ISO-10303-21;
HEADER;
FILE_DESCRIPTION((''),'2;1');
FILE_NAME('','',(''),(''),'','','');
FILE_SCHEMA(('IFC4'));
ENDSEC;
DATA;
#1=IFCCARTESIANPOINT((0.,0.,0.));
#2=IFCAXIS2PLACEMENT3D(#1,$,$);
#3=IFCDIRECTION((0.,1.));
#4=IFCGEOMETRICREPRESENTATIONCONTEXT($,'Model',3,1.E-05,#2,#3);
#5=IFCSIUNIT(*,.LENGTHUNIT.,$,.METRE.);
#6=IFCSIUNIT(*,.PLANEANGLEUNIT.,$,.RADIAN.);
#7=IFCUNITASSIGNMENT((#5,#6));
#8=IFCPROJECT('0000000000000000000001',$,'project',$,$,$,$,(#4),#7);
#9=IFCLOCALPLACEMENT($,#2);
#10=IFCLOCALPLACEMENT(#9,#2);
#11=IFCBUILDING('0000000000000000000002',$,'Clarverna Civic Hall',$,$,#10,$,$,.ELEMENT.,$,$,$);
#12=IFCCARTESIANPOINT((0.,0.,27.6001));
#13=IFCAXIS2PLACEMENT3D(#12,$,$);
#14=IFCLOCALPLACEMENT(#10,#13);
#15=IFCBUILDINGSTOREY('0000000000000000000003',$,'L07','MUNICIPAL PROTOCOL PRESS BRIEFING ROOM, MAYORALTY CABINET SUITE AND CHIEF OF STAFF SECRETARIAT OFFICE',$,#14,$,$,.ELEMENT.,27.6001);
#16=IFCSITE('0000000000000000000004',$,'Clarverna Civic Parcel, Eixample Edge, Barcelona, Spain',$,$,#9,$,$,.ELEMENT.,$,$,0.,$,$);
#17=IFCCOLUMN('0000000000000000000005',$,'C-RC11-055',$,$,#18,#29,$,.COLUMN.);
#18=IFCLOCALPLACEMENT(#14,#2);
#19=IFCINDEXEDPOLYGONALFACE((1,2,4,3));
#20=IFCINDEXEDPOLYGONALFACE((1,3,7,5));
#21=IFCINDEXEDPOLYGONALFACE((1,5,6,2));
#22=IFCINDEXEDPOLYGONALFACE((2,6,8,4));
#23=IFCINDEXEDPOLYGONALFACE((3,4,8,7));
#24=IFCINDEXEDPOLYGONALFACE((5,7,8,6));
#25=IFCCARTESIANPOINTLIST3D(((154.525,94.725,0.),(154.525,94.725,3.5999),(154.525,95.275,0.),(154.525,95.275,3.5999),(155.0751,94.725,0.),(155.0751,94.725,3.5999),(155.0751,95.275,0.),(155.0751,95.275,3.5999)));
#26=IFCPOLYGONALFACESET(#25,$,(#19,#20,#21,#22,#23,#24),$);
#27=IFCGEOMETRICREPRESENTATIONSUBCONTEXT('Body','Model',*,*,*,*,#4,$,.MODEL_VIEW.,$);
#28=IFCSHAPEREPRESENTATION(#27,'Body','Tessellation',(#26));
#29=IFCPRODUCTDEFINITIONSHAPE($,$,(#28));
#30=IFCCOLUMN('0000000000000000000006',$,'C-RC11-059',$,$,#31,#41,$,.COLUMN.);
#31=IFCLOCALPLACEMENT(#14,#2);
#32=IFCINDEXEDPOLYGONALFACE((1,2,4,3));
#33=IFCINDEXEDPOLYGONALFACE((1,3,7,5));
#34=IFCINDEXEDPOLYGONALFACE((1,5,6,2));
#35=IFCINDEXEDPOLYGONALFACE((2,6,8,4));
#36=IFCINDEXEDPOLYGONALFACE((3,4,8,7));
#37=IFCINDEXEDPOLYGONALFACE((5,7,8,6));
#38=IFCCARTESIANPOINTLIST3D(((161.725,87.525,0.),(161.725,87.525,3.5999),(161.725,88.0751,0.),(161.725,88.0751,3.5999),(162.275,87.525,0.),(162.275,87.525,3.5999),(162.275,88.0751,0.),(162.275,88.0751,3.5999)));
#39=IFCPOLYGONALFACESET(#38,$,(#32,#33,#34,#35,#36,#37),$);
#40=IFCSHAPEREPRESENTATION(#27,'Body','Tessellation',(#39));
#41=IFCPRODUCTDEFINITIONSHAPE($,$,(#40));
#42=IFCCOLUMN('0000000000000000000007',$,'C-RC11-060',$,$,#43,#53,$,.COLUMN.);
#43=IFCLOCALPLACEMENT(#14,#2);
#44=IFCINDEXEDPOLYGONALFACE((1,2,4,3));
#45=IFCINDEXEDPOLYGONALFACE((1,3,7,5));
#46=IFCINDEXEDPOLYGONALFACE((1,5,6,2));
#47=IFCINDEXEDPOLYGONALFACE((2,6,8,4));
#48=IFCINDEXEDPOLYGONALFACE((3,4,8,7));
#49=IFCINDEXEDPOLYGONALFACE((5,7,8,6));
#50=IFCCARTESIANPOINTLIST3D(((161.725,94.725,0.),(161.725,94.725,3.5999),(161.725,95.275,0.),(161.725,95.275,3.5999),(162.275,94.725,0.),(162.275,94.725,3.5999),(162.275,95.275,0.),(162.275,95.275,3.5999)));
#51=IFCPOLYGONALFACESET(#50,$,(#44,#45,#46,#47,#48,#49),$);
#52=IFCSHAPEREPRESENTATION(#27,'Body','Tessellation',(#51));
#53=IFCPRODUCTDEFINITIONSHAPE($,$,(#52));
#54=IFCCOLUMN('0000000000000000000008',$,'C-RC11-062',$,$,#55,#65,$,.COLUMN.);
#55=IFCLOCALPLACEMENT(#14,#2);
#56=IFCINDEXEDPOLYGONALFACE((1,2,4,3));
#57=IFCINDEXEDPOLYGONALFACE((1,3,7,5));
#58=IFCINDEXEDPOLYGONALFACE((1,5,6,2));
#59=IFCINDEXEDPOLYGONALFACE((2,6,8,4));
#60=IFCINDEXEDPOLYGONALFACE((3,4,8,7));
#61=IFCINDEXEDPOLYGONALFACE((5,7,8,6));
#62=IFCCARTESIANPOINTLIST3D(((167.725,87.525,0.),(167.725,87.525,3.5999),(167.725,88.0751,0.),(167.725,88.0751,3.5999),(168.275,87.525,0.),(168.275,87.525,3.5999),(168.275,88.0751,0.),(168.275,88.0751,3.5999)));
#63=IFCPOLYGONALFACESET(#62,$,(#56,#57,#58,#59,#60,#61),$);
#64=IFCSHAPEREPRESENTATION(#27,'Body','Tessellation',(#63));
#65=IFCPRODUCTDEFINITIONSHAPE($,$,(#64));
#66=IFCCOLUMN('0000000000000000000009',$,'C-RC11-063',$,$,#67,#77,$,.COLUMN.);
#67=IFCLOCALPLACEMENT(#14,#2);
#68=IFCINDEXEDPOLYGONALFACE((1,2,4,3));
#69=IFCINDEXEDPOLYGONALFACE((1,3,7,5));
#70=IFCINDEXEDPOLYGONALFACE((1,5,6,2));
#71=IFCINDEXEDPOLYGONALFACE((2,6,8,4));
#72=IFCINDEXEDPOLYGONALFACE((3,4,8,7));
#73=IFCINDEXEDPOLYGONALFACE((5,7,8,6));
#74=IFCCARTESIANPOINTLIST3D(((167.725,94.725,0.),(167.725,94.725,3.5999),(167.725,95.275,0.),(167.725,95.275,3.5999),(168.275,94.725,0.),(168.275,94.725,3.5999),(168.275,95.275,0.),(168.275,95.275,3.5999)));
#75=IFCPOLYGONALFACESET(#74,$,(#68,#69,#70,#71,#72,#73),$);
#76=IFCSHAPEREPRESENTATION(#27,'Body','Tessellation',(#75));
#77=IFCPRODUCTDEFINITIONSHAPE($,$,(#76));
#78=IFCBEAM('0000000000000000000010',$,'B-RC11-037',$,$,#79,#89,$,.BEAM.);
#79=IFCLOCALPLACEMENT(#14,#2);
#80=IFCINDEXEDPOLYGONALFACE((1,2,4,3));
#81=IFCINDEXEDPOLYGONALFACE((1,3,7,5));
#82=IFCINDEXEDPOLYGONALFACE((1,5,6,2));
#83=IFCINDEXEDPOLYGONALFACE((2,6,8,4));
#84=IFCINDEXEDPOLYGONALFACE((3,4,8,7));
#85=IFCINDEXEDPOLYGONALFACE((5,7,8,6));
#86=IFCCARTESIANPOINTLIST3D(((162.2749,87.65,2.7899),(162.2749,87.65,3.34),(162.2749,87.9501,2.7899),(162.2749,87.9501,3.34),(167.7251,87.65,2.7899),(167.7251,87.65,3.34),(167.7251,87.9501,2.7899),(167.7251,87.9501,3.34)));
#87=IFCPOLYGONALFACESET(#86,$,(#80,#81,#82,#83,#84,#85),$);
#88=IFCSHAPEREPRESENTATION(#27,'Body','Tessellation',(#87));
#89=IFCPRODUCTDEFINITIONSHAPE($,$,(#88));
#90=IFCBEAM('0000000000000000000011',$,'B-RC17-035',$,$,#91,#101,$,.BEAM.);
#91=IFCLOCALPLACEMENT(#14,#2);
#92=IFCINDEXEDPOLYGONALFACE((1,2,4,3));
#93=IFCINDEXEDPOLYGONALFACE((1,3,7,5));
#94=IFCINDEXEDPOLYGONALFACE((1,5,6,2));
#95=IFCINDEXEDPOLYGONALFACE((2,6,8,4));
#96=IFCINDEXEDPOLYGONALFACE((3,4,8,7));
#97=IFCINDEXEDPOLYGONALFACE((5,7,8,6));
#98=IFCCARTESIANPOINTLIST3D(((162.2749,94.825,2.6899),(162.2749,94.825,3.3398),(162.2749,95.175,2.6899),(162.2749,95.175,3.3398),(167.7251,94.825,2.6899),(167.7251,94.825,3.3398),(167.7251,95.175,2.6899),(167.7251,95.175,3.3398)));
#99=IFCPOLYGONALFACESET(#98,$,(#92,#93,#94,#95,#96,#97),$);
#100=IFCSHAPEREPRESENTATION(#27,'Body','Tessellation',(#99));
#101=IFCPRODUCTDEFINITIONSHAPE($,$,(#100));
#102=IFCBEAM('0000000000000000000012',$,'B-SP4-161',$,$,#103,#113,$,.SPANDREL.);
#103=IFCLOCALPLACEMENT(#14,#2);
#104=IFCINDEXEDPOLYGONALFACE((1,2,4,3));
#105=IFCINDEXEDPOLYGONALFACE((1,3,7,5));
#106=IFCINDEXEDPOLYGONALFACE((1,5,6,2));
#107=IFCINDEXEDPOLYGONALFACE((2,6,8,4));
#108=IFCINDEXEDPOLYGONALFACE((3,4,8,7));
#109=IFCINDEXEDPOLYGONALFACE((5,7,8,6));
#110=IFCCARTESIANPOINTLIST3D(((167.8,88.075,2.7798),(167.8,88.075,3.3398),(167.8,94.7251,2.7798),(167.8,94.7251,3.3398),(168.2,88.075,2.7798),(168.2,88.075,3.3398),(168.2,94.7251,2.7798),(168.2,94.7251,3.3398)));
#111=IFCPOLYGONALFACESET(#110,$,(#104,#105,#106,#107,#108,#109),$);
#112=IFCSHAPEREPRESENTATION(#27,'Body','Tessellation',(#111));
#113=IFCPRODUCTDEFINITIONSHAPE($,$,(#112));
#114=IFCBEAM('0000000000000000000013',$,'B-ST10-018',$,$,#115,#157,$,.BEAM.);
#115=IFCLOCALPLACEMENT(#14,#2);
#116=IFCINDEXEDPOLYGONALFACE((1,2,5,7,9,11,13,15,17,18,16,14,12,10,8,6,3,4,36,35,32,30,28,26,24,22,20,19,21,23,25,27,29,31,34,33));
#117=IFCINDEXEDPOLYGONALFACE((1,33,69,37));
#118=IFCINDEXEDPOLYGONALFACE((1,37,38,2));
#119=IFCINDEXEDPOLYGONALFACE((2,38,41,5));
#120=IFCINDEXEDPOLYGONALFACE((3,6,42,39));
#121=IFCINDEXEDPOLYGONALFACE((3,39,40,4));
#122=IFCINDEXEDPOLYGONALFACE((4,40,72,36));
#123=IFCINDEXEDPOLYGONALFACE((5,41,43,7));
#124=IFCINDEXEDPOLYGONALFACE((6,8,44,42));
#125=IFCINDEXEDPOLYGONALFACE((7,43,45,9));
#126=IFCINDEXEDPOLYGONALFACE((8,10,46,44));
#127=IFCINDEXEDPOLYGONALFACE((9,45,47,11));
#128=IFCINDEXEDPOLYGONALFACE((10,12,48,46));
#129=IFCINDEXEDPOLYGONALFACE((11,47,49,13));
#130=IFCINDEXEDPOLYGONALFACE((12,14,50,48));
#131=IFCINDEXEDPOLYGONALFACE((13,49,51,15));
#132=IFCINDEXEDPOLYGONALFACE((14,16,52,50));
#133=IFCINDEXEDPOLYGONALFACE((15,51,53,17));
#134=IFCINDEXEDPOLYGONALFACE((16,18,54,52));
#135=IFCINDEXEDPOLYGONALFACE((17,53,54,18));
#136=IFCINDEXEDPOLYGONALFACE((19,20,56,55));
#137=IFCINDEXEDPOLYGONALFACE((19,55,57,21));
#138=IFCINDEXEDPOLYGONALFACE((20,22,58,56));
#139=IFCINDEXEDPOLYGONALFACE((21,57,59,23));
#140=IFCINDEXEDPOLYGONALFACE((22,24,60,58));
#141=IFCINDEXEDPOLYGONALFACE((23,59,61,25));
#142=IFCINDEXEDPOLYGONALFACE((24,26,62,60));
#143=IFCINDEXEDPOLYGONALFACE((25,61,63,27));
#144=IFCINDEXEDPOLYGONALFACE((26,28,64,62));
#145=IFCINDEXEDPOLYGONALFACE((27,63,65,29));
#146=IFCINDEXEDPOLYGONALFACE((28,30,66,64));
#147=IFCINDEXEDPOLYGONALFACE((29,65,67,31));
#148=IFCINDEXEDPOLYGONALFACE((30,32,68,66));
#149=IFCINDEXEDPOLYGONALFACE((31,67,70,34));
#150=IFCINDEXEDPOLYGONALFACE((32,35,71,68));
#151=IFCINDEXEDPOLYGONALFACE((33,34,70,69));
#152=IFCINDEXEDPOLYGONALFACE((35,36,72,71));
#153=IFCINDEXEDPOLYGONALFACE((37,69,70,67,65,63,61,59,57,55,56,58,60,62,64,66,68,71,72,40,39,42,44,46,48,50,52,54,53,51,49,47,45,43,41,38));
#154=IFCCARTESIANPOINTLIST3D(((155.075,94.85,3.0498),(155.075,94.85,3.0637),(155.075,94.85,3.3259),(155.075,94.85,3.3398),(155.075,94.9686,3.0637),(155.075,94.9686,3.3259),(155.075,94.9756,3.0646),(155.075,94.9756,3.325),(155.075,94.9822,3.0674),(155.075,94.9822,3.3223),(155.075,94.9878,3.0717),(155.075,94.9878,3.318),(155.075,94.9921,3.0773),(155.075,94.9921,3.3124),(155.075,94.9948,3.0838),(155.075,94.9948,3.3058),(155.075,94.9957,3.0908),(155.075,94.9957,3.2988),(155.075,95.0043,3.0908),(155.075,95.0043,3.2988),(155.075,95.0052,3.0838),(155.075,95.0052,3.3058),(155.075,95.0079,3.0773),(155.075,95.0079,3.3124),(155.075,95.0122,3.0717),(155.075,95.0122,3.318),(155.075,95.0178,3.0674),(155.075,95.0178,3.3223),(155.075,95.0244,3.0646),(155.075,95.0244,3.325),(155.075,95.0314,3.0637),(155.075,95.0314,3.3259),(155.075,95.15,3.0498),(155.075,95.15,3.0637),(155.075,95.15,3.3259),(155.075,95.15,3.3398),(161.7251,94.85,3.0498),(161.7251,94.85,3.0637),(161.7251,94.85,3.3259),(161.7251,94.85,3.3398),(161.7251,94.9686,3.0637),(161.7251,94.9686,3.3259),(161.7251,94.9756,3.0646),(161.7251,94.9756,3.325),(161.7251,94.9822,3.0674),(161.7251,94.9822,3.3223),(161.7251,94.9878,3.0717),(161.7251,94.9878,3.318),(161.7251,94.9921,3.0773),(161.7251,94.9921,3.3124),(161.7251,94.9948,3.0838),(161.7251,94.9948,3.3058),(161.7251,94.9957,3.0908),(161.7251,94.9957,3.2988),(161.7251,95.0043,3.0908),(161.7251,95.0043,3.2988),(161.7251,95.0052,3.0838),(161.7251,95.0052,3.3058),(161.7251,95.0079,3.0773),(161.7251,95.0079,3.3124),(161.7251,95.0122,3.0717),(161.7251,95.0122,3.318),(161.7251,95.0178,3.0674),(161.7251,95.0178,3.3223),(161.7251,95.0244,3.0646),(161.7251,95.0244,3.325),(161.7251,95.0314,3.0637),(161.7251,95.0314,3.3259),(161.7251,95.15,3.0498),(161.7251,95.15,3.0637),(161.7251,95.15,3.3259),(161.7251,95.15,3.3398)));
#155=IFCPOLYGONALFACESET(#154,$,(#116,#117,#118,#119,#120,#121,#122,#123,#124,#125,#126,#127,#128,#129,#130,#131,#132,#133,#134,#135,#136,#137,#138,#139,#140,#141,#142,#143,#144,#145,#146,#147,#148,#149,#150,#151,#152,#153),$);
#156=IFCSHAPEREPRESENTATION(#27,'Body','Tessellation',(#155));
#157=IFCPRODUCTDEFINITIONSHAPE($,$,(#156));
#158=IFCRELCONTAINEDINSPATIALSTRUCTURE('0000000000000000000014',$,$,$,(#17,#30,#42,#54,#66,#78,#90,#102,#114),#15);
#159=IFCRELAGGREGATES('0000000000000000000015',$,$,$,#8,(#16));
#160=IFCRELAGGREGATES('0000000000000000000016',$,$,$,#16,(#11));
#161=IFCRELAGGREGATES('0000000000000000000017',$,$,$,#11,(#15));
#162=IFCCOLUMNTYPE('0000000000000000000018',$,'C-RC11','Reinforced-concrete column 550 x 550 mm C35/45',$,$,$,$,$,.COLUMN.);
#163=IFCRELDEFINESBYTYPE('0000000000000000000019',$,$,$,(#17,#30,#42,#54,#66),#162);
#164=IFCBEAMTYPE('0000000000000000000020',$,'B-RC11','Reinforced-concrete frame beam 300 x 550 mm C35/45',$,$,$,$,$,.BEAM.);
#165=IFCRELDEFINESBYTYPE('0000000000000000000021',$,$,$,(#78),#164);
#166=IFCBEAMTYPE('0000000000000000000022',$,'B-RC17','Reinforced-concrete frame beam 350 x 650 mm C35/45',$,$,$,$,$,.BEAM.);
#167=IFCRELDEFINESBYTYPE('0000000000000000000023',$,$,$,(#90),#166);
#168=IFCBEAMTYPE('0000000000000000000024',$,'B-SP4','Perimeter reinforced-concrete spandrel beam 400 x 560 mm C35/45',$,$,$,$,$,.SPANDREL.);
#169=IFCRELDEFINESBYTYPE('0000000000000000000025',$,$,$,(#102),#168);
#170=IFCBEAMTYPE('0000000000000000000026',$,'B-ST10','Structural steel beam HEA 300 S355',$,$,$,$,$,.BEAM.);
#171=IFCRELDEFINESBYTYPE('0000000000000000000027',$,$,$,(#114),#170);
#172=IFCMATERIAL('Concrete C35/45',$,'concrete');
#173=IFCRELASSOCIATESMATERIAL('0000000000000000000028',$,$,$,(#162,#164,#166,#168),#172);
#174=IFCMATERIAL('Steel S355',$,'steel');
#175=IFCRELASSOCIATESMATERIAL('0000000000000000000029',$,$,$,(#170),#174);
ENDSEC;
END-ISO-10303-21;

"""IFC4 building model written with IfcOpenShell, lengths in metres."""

from ifc_helpers import new_model, si_unit, direction, frame, origin, origin_2d, place, context, subcontext, project, spatial, rectangle, i_section, extrude, material, material_profile, profile_set, type_object, element, save


model = new_model("IFC4")

# Units and contexts
model_context = context("Model", 3, precision=1e-05, world=origin(), true_north=direction((0.0, 1.0)))
body_context = subcontext(model_context, "Body", "Model", "MODEL_VIEW")
ifc_project = project(units=[si_unit("LENGTHUNIT", "METRE"), si_unit("PLANEANGLEUNIT", "RADIAN")], contexts=[model_context])

# Site, building, storey
site_placement = place(None, origin())
site = spatial("IfcSite", under=ifc_project, at=site_placement, Name="Clarverna Civic Parcel, Eixample Edge, Barcelona, Spain", CompositionType="ELEMENT", RefElevation=0.0)
building_placement = place(site_placement, origin())
building = spatial("IfcBuilding", under=site, at=building_placement, Name="Clarverna Civic Hall", CompositionType="ELEMENT")
storey_placement = place(building_placement, frame((0.0, 0.0, 27.6001)))
storey = spatial("IfcBuildingStorey", under=building, at=storey_placement, Name="L07", Description="MUNICIPAL PROTOCOL PRESS BRIEFING ROOM, MAYORALTY CABINET SUITE AND CHIEF OF STAFF SECRETARIAT OFFICE", CompositionType="ELEMENT", Elevation=27.6001)

# Columns
ifc_material_1 = material(Name="Concrete C35/45", Category="concrete")
ifc_material_profile_1 = material_profile(ifc_material_1, rectangle(XDim=0.55, YDim=0.55, at=origin_2d()), Name="RC 550x550")
ifc_profile_set_1 = profile_set([ifc_material_profile_1], Name="Concrete C35/45")
column_type = type_object("IfcColumnType", Name="C-RC11", Description="Reinforced-concrete column 550 x 550 mm C35/45", PredefinedType="COLUMN", material=ifc_profile_set_1)
for number, where, z_axis, x_axis, name in (
    (1, (154.8, 95.0, 0.0), (0.0, 0.0, 1.0), (1.0, 0.0, 0.0), "C-RC11-055"),
    (2, (162.0, 87.8, 0.0), (0.0, 0.0, 1.0), (1.0, 0.0, 0.0), "C-RC11-059"),
    (3, (162.0, 95.0, 0.0), (0.0, 0.0, 1.0), (1.0, 0.0, 0.0), "C-RC11-060"),
    (4, (168.0, 87.8, 0.0), (0.0, 0.0, 1.0), (1.0, 0.0, 0.0), "C-RC11-062"),
    (5, (168.0, 95.0, 0.0), (0.0, 0.0, 1.0), (1.0, 0.0, 0.0), "C-RC11-063"),
):
    element("IfcColumn", number, at=place(storey_placement, frame(where, z_axis=z_axis, x_axis=x_axis)), inside=storey, type_object=column_type, Name=name, PredefinedType="COLUMN", context=body_context, shape_type="SweptSolid", body=[
        extrude(rectangle(XDim=0.55, YDim=0.55, at=origin_2d()), origin(), (0.0, 0.0, 1.0), 3.5999),
    ])

# Beams
ifc_material_profile_2 = material_profile(ifc_material_1, rectangle(XDim=0.3, YDim=0.55, at=origin_2d()), Name="RC 300x550")
ifc_profile_set_2 = profile_set([ifc_material_profile_2], Name="Concrete C35/45")
beam_type_1 = type_object("IfcBeamType", Name="B-RC11", Description="Reinforced-concrete frame beam 300 x 550 mm C35/45", PredefinedType="BEAM", material=ifc_profile_set_2)
beam_1_placement = place(storey_placement, frame((162.2749, 87.8, 3.0649), z_axis=(1.0, 0.0, 0.0), x_axis=(0.0, 1.0, 0.0)))
element("IfcBeam", 6, at=beam_1_placement, inside=storey, type_object=beam_type_1, Name="B-RC11-037", PredefinedType="BEAM", context=body_context, shape_type="SweptSolid", body=[
    extrude(rectangle(XDim=0.3, YDim=0.55, at=origin_2d()), origin(), (0.0, 0.0, 1.0), 5.4502),
])
ifc_material_profile_3 = material_profile(ifc_material_1, rectangle(XDim=0.3501, YDim=0.6499, at=origin_2d()), Name="RC 350x650")
ifc_profile_set_3 = profile_set([ifc_material_profile_3], Name="Concrete C35/45")
beam_type_2 = type_object("IfcBeamType", Name="B-RC17", Description="Reinforced-concrete frame beam 350 x 650 mm C35/45", PredefinedType="BEAM", material=ifc_profile_set_3)
beam_2_placement = place(storey_placement, frame((162.2749, 95.0, 3.0149), z_axis=(1.0, 0.0, 0.0), x_axis=(0.0, 1.0, 0.0)))
element("IfcBeam", 7, at=beam_2_placement, inside=storey, type_object=beam_type_2, Name="B-RC17-035", PredefinedType="BEAM", context=body_context, shape_type="SweptSolid", body=[
    extrude(rectangle(XDim=0.3501, YDim=0.6499, at=origin_2d()), origin(), (0.0, 0.0, 1.0), 5.4502),
])
ifc_material_profile_4 = material_profile(ifc_material_1, rectangle(XDim=0.3999, YDim=0.5601, at=origin_2d()), Name="RC 400x560")
ifc_profile_set_4 = profile_set([ifc_material_profile_4], Name="Concrete C35/45")
beam_type_3 = type_object("IfcBeamType", Name="B-SP4", Description="Perimeter reinforced-concrete spandrel beam 400 x 560 mm C35/45", PredefinedType="SPANDREL", material=ifc_profile_set_4)
beam_3_placement = place(storey_placement, frame((168.0, 88.075, 3.0598), z_axis=(0.0, 1.0, 0.0), x_axis=(-1.0, 0.0, 0.0)))
element("IfcBeam", 8, at=beam_3_placement, inside=storey, type_object=beam_type_3, Name="B-SP4-161", PredefinedType="SPANDREL", context=body_context, shape_type="SweptSolid", body=[
    extrude(rectangle(XDim=0.3999, YDim=0.5601, at=origin_2d()), origin(), (0.0, 0.0, 1.0), 6.6501),
])
ifc_material_2 = material(Name="Steel S355", Category="steel")
ifc_material_profile_5 = material_profile(ifc_material_2, i_section(OverallWidth=0.3, OverallDepth=0.29, WebThickness=0.0085, FlangeThickness=0.0139, FilletRadius=0.0271, at=origin_2d()), Name="HEA 300")
ifc_profile_set_5 = profile_set([ifc_material_profile_5], Name="Steel S355")
beam_type_4 = type_object("IfcBeamType", Name="B-ST10", Description="Structural steel beam HEA 300 S355", PredefinedType="BEAM", material=ifc_profile_set_5)
beam_4_placement = place(storey_placement, frame((155.075, 95.0, 3.1948), z_axis=(1.0, 0.0, 0.0), x_axis=(0.0, 1.0, 0.0)))
element("IfcBeam", 9, at=beam_4_placement, inside=storey, type_object=beam_type_4, Name="B-ST10-018", PredefinedType="BEAM", context=body_context, shape_type="SweptSolid", body=[
    extrude(i_section(OverallWidth=0.3, OverallDepth=0.29, WebThickness=0.0085, FlangeThickness=0.0139, FilletRadius=0.0271, at=origin_2d()), origin(), (0.0, 0.0, 1.0), 6.6501),
])

save(model, "model.ifc")
